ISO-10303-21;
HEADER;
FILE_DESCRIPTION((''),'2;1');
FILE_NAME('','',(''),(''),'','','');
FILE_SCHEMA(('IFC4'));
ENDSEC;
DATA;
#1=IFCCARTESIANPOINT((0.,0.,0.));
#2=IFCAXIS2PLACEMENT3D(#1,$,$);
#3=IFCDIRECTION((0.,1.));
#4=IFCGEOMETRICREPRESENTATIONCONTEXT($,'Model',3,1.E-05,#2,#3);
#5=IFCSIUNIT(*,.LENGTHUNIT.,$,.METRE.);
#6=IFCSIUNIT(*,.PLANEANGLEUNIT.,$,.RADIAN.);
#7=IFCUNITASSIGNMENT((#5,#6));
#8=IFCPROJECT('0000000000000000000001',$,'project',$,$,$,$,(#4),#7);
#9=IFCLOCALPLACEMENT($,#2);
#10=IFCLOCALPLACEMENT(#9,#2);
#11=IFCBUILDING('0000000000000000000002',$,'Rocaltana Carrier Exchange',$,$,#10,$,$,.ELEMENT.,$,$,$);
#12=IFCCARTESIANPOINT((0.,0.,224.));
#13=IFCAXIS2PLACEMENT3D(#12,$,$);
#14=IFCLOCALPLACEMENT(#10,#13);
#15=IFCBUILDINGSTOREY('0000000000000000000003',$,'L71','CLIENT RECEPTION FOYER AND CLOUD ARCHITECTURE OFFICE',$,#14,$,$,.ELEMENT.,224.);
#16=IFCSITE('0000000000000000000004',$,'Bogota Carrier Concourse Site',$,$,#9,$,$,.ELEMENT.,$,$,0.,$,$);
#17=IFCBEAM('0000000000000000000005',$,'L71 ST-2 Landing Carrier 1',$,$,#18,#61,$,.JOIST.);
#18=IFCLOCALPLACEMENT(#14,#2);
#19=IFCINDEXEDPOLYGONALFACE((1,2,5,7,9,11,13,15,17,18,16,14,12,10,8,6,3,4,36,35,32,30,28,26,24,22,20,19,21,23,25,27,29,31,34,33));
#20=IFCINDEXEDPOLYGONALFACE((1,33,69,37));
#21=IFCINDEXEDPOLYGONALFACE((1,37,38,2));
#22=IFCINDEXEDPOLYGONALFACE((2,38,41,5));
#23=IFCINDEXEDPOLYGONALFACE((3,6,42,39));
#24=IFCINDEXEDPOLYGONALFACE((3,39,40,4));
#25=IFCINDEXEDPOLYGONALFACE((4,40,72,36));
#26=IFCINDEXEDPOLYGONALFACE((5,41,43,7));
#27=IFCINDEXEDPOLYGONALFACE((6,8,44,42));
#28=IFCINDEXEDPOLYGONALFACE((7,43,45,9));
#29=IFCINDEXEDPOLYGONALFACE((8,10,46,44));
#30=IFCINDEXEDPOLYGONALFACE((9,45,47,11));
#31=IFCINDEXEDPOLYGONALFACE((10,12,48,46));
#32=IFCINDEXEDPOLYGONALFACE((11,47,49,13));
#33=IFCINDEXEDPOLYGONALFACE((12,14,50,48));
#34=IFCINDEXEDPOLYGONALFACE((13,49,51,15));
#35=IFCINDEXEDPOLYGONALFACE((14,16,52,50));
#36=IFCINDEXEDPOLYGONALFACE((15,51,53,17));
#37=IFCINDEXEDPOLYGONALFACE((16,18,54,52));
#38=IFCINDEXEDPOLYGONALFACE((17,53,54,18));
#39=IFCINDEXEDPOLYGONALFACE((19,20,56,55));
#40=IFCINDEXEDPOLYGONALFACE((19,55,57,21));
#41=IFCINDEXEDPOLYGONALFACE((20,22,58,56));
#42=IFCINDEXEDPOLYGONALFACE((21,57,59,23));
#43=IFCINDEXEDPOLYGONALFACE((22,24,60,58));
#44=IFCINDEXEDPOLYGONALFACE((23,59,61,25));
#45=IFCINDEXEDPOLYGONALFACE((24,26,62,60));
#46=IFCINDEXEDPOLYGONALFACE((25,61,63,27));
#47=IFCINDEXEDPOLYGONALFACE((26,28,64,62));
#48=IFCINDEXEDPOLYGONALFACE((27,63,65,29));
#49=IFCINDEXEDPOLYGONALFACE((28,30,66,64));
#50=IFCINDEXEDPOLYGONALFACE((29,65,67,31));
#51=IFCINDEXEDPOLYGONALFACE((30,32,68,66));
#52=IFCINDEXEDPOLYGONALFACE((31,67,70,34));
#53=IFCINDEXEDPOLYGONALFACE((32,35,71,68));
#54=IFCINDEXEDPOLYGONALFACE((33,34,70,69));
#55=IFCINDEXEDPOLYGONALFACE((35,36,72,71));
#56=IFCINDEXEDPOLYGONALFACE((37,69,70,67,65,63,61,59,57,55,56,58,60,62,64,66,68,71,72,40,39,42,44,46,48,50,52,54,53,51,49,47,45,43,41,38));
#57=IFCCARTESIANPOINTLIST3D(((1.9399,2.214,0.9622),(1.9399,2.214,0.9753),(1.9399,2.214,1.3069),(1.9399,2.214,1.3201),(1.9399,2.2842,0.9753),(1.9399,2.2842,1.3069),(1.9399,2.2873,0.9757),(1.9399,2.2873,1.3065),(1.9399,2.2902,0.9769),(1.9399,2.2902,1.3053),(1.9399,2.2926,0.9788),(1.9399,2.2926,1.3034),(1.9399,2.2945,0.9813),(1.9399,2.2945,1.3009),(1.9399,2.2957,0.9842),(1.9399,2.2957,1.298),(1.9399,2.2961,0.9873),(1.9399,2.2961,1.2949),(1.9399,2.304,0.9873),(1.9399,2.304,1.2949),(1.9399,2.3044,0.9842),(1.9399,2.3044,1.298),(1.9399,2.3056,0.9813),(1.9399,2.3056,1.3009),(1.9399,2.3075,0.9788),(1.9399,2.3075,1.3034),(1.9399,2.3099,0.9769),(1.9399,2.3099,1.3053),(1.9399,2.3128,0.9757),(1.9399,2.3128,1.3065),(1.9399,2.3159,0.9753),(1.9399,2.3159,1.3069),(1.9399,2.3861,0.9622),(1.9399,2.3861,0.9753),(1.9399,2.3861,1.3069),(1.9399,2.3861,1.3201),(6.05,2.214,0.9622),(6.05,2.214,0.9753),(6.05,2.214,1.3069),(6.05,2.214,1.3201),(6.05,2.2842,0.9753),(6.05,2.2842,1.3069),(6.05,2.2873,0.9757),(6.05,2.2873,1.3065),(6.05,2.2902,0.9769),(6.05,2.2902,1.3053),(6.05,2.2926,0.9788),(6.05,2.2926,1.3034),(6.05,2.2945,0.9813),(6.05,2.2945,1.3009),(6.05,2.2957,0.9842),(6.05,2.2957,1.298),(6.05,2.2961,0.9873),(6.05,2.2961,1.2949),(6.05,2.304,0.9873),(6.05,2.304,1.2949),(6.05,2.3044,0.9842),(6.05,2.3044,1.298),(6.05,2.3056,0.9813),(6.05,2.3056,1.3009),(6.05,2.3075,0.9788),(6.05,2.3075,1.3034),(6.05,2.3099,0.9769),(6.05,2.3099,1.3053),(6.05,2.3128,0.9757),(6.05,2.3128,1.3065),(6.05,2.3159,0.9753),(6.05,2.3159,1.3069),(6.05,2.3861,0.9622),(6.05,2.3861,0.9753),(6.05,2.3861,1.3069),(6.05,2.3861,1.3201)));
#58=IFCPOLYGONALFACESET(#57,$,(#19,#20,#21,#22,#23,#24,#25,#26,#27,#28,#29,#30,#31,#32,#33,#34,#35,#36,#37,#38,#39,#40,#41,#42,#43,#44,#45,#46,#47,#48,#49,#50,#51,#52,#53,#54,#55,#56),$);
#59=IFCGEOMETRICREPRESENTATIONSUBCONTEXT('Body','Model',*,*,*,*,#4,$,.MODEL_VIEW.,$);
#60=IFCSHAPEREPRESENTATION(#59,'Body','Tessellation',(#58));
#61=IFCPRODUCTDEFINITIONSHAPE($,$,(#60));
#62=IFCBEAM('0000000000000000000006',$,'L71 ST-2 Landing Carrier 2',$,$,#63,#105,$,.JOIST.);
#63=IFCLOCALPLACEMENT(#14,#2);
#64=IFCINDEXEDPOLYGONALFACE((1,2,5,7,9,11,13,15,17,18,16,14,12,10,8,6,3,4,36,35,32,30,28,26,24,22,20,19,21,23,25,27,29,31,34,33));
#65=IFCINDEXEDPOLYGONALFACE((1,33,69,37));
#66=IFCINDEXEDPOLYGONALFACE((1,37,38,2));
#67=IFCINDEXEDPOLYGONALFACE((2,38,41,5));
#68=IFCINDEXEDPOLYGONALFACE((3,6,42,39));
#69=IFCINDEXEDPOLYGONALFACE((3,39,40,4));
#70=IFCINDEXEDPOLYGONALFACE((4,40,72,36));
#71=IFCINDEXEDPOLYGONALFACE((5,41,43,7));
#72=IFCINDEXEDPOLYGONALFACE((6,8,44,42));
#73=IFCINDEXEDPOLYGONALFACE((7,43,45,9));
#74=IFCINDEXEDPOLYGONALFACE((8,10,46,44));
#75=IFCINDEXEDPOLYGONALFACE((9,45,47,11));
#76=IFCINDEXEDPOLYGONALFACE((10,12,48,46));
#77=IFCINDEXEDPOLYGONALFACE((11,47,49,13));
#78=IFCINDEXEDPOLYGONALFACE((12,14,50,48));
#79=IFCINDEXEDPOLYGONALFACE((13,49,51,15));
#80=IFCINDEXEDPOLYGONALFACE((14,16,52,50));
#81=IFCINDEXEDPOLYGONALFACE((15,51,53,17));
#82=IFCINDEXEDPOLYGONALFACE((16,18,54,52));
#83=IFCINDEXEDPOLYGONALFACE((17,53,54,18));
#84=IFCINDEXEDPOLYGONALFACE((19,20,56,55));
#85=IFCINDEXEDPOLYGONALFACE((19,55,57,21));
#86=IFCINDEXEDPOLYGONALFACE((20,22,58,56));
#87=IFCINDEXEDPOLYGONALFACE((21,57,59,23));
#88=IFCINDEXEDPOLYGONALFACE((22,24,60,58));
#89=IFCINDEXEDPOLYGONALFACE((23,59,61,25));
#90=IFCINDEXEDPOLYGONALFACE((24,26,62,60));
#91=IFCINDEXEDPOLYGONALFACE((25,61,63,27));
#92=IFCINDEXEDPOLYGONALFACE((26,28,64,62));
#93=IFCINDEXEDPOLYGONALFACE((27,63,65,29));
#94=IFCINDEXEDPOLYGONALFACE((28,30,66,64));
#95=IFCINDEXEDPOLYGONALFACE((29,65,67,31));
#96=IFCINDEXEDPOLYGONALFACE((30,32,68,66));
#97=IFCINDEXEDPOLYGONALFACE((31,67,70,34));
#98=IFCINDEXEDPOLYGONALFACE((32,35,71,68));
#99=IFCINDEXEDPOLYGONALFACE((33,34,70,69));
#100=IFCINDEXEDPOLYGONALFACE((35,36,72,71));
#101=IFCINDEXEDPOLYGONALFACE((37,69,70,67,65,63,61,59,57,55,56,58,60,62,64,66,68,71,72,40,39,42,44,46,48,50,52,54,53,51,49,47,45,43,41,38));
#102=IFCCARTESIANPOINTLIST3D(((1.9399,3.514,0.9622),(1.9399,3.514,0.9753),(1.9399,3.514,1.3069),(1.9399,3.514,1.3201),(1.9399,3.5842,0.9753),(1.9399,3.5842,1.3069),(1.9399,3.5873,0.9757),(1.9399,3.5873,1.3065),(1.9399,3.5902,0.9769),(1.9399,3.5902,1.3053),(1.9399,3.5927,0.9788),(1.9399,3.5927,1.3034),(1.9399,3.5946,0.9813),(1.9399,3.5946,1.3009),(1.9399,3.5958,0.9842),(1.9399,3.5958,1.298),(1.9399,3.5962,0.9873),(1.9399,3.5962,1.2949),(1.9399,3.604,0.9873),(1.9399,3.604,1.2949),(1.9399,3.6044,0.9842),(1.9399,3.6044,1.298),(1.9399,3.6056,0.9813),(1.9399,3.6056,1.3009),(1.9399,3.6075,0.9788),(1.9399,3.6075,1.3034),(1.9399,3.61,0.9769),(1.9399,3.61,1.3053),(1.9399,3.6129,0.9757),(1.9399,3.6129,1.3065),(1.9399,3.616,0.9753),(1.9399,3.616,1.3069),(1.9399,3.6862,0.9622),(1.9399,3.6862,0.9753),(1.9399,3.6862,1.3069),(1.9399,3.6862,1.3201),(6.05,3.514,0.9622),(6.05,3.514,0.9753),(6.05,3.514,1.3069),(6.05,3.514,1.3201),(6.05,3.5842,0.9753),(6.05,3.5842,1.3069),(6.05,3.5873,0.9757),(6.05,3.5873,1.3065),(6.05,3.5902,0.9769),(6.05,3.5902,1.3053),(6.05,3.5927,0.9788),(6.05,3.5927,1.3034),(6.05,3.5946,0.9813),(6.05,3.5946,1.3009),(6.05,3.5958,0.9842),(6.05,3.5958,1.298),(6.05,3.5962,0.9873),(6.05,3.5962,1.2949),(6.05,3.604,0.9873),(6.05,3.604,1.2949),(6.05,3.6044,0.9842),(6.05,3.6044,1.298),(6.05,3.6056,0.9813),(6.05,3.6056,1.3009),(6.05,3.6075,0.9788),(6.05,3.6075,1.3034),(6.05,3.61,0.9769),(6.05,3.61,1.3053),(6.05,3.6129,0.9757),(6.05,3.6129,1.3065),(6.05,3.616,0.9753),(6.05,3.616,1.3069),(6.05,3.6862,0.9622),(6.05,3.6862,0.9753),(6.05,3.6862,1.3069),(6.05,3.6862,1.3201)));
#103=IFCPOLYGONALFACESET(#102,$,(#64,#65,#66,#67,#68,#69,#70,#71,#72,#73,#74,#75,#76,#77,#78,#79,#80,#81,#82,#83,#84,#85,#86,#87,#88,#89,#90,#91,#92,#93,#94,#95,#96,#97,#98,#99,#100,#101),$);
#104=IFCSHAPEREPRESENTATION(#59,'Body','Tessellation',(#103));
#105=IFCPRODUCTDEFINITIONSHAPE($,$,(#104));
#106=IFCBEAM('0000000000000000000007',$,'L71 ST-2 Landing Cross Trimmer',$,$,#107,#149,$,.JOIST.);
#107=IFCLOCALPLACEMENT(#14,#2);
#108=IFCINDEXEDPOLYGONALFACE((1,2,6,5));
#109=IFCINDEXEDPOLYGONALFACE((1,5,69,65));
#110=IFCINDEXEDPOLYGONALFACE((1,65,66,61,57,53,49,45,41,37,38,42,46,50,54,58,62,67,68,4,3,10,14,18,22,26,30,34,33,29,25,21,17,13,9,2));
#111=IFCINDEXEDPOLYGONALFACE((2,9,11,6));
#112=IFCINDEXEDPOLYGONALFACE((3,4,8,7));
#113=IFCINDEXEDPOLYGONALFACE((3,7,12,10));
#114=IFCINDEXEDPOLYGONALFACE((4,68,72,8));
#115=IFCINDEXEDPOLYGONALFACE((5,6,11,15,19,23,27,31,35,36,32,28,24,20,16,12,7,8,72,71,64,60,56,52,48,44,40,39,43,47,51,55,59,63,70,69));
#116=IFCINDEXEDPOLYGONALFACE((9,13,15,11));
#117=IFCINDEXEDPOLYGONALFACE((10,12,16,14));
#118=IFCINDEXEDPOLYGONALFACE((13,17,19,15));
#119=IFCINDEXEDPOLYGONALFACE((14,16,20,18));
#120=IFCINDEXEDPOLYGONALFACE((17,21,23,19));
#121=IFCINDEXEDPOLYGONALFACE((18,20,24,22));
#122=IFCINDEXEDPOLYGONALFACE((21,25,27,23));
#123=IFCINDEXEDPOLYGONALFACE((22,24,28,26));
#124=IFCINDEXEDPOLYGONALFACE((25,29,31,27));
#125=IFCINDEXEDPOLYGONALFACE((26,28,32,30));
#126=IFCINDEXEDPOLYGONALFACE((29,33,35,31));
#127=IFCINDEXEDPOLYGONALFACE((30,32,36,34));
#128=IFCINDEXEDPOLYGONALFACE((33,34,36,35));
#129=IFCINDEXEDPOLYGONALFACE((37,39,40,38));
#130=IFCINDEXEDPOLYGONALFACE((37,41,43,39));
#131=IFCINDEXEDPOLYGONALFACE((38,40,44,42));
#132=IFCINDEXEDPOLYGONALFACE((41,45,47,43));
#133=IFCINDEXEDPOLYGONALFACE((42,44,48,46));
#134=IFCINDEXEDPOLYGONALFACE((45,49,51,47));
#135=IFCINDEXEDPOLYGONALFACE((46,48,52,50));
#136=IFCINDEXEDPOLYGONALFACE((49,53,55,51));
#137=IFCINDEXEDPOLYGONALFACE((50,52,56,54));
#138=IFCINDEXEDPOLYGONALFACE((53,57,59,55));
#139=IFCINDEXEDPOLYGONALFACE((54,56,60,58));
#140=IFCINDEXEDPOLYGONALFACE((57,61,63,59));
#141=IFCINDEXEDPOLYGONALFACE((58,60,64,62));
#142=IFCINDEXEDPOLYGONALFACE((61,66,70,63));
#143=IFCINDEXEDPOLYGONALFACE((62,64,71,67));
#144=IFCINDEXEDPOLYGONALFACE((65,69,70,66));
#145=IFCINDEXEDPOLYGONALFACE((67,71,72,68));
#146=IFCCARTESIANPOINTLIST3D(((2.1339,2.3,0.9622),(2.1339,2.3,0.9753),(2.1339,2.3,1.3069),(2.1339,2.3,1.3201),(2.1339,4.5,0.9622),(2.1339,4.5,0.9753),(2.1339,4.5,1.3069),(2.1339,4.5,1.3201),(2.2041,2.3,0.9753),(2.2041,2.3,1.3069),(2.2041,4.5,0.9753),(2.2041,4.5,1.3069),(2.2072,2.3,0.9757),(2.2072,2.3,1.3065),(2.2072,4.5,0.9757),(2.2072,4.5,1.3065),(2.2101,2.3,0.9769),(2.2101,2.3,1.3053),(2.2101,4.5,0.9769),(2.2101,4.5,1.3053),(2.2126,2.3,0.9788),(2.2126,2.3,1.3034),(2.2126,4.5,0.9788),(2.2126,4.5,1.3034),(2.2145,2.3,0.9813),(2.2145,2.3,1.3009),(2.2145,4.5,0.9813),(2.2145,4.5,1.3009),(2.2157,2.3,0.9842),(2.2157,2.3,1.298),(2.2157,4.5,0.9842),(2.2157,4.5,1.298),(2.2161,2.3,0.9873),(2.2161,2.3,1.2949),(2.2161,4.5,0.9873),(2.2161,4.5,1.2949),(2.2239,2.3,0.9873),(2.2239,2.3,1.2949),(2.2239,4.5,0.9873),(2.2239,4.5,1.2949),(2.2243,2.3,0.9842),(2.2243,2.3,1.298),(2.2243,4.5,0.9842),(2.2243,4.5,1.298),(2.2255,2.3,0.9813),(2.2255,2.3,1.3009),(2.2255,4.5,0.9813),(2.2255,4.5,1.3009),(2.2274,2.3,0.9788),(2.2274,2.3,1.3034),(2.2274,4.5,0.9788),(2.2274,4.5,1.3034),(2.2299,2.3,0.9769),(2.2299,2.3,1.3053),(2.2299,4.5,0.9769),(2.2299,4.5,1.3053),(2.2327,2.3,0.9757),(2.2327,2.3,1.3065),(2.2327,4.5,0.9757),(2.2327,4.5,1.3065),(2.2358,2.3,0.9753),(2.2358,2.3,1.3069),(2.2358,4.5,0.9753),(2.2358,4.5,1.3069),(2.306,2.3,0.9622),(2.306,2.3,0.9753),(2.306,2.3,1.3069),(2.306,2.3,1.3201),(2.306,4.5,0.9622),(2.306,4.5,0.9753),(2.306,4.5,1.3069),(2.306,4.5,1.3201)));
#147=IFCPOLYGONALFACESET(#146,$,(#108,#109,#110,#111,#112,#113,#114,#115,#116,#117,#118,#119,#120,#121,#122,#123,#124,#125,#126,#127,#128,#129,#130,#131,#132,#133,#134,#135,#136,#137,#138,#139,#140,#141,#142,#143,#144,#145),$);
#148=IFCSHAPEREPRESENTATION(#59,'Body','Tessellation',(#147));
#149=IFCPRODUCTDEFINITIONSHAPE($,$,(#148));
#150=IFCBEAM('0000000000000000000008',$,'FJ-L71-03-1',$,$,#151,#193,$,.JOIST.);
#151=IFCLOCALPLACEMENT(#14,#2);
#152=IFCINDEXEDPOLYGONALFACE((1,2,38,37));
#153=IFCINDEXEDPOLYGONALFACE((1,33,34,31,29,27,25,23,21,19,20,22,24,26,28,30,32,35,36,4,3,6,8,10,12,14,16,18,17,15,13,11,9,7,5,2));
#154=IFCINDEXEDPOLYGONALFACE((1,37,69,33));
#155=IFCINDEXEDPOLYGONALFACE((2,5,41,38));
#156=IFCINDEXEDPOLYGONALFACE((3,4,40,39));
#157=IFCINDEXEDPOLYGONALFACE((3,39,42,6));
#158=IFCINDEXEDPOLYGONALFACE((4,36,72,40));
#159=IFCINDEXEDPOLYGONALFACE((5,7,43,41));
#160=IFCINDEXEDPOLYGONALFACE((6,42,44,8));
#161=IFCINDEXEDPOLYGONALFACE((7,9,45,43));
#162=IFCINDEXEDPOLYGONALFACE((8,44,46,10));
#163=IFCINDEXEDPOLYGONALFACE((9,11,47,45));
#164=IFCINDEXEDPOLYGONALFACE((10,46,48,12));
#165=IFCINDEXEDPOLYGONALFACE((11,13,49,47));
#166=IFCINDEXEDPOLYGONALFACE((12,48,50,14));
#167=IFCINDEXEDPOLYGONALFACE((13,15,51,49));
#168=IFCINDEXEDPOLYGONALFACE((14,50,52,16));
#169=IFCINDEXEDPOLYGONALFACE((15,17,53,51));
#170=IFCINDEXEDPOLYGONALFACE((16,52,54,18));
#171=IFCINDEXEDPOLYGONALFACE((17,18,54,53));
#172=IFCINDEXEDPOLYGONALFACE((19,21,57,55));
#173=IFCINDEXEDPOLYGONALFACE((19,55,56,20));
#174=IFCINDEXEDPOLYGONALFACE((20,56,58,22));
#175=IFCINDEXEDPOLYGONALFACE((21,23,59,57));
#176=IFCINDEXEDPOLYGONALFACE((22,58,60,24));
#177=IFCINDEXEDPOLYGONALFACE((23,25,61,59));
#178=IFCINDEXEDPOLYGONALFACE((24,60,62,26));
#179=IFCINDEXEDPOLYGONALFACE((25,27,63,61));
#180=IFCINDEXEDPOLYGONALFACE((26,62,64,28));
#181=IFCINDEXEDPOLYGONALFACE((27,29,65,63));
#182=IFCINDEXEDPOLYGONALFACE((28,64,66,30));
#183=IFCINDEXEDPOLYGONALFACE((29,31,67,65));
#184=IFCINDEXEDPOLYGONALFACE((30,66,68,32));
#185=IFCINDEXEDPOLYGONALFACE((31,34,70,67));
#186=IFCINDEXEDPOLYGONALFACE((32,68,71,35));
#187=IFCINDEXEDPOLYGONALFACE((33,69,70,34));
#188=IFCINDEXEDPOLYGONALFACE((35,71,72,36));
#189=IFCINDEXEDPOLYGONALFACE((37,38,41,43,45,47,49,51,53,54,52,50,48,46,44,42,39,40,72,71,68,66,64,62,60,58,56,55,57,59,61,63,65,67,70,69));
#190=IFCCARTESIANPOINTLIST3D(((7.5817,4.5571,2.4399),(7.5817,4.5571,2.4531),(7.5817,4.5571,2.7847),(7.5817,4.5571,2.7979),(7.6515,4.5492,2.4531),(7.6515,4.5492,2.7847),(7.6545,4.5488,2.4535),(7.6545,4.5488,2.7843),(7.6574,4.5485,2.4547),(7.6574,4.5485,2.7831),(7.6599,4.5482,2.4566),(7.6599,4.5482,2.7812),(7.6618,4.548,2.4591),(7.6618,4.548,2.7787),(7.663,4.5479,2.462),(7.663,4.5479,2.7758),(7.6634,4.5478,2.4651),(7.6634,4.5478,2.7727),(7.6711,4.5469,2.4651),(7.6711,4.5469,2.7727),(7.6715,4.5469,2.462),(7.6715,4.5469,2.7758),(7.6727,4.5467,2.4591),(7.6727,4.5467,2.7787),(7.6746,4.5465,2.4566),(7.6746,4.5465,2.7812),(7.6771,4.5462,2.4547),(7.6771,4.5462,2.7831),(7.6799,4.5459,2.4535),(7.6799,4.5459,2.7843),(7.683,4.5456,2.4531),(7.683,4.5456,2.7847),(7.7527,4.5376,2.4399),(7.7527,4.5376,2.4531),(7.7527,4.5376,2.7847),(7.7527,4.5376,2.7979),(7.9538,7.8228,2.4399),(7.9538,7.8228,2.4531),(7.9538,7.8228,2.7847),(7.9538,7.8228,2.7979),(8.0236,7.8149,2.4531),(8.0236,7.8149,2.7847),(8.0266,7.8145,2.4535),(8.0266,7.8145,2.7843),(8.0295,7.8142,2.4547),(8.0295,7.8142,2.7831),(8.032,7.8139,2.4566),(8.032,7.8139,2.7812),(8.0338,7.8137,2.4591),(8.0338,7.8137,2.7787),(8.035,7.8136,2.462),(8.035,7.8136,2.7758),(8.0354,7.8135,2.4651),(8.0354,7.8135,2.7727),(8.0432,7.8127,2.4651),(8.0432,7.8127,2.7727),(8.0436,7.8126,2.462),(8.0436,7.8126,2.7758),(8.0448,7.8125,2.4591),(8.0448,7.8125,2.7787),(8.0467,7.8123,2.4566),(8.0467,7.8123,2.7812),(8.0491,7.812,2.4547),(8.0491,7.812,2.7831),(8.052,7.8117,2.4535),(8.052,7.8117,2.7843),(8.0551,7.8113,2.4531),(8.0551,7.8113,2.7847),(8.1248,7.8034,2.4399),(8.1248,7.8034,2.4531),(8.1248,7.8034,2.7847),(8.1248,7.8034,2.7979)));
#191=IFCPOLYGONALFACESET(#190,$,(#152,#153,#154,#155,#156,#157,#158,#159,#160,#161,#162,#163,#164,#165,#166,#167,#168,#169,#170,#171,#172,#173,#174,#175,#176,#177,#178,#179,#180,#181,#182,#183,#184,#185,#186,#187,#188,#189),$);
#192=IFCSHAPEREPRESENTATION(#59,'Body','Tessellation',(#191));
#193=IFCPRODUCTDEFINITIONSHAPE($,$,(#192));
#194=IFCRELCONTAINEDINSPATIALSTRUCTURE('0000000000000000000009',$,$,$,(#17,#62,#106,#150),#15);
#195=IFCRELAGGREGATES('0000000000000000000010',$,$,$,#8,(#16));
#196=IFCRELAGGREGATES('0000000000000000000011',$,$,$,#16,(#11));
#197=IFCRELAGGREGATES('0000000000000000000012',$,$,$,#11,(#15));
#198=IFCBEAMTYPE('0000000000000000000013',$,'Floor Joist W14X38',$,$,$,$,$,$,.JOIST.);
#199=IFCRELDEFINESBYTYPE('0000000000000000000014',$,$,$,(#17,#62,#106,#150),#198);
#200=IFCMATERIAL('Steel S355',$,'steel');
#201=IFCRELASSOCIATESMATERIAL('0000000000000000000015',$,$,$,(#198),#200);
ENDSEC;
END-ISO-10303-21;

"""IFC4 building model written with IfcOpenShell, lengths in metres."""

from ifc_helpers import new_model, si_unit, direction, frame, origin, origin_2d, place, context, subcontext, project, spatial, i_section, extrude, material, material_profile, profile_set, type_object, element, save


model = new_model("IFC4")

# Units and contexts
model_context = context("Model", 3, precision=1e-05, world=origin(), true_north=direction((0.0, 1.0)))
body_context = subcontext(model_context, "Body", "Model", "MODEL_VIEW")
ifc_project = project(units=[si_unit("LENGTHUNIT", "METRE"), si_unit("PLANEANGLEUNIT", "RADIAN")], contexts=[model_context])

# Site, building, storey
site_placement = place(None, origin())
site = spatial("IfcSite", under=ifc_project, at=site_placement, Name="Bogota Carrier Concourse Site", CompositionType="ELEMENT", RefElevation=0.0)
building_placement = place(site_placement, origin())
building = spatial("IfcBuilding", under=site, at=building_placement, Name="Rocaltana Carrier Exchange", CompositionType="ELEMENT")
storey_placement = place(building_placement, frame((0.0, 0.0, 224.0)))
storey = spatial("IfcBuildingStorey", under=building, at=storey_placement, Name="L71", Description="CLIENT RECEPTION FOYER AND CLOUD ARCHITECTURE OFFICE", CompositionType="ELEMENT", Elevation=224.0)

# Beams
ifc_material_1 = material(Name="Steel S355", Category="steel")
ifc_material_profile_1 = material_profile(ifc_material_1, i_section(OverallWidth=0.1721, OverallDepth=0.3579, WebThickness=0.0078, FlangeThickness=0.0132, FilletRadius=0.012, at=origin_2d()), Name="W14X38")
ifc_profile_set_1 = profile_set([ifc_material_profile_1], Name="Steel S355")
beam_type_1 = type_object("IfcBeamType", Name="Floor Joist W14X38", PredefinedType="JOIST", material=ifc_profile_set_1)
for number, where, z_axis, x_axis, name in (
    (1, (1.9399, 2.3, 1.1411), (1.0, 0.0, 0.0), (0.0, 1.0, 0.0), "L71 ST-2 Landing Carrier 1"),
    (2, (1.9399, 3.6001, 1.1411), (1.0, 0.0, 0.0), (0.0, 1.0, 0.0), "L71 ST-2 Landing Carrier 2"),
):
    element("IfcBeam", number, at=place(storey_placement, frame(where, z_axis=z_axis, x_axis=x_axis)), inside=storey, type_object=beam_type_1, Name=name, PredefinedType="JOIST", context=body_context, shape_type="SweptSolid", body=[
        extrude(i_section(OverallWidth=0.1721, OverallDepth=0.3579, WebThickness=0.0078, FlangeThickness=0.0132, FilletRadius=0.012, at=origin_2d()), origin(), (0.0, 0.0, 1.0), 4.1101),
    ])
beam_1_placement = place(storey_placement, frame((2.22, 2.3, 1.1411), z_axis=(0.0, 1.0, 0.0), x_axis=(-1.0, 0.0, 0.0)))
element("IfcBeam", 3, at=beam_1_placement, inside=storey, type_object=beam_type_1, Name="L71 ST-2 Landing Cross Trimmer", PredefinedType="JOIST", context=body_context, shape_type="SweptSolid", body=[
    extrude(i_section(OverallWidth=0.1721, OverallDepth=0.3579, WebThickness=0.0078, FlangeThickness=0.0132, FilletRadius=0.012, at=origin_2d()), origin(), (0.0, 0.0, 1.0), 2.2),
])
beam_2_placement = place(storey_placement, frame((7.6672, 4.5474, 2.6189), z_axis=(0.113203, 0.993572, 0.0), x_axis=(-0.993572, 0.113203, 0.0)))
element("IfcBeam", 4, at=beam_2_placement, inside=storey, type_object=beam_type_1, Name="FJ-L71-03-1", PredefinedType="JOIST", context=body_context, shape_type="SweptSolid", body=[
    extrude(i_section(OverallWidth=0.1721, OverallDepth=0.3579, WebThickness=0.0078, FlangeThickness=0.0132, FilletRadius=0.012, at=origin_2d()), origin(), (0.0, 0.0, 1.0), 3.2869),
])

save(model, "model.ifc")
